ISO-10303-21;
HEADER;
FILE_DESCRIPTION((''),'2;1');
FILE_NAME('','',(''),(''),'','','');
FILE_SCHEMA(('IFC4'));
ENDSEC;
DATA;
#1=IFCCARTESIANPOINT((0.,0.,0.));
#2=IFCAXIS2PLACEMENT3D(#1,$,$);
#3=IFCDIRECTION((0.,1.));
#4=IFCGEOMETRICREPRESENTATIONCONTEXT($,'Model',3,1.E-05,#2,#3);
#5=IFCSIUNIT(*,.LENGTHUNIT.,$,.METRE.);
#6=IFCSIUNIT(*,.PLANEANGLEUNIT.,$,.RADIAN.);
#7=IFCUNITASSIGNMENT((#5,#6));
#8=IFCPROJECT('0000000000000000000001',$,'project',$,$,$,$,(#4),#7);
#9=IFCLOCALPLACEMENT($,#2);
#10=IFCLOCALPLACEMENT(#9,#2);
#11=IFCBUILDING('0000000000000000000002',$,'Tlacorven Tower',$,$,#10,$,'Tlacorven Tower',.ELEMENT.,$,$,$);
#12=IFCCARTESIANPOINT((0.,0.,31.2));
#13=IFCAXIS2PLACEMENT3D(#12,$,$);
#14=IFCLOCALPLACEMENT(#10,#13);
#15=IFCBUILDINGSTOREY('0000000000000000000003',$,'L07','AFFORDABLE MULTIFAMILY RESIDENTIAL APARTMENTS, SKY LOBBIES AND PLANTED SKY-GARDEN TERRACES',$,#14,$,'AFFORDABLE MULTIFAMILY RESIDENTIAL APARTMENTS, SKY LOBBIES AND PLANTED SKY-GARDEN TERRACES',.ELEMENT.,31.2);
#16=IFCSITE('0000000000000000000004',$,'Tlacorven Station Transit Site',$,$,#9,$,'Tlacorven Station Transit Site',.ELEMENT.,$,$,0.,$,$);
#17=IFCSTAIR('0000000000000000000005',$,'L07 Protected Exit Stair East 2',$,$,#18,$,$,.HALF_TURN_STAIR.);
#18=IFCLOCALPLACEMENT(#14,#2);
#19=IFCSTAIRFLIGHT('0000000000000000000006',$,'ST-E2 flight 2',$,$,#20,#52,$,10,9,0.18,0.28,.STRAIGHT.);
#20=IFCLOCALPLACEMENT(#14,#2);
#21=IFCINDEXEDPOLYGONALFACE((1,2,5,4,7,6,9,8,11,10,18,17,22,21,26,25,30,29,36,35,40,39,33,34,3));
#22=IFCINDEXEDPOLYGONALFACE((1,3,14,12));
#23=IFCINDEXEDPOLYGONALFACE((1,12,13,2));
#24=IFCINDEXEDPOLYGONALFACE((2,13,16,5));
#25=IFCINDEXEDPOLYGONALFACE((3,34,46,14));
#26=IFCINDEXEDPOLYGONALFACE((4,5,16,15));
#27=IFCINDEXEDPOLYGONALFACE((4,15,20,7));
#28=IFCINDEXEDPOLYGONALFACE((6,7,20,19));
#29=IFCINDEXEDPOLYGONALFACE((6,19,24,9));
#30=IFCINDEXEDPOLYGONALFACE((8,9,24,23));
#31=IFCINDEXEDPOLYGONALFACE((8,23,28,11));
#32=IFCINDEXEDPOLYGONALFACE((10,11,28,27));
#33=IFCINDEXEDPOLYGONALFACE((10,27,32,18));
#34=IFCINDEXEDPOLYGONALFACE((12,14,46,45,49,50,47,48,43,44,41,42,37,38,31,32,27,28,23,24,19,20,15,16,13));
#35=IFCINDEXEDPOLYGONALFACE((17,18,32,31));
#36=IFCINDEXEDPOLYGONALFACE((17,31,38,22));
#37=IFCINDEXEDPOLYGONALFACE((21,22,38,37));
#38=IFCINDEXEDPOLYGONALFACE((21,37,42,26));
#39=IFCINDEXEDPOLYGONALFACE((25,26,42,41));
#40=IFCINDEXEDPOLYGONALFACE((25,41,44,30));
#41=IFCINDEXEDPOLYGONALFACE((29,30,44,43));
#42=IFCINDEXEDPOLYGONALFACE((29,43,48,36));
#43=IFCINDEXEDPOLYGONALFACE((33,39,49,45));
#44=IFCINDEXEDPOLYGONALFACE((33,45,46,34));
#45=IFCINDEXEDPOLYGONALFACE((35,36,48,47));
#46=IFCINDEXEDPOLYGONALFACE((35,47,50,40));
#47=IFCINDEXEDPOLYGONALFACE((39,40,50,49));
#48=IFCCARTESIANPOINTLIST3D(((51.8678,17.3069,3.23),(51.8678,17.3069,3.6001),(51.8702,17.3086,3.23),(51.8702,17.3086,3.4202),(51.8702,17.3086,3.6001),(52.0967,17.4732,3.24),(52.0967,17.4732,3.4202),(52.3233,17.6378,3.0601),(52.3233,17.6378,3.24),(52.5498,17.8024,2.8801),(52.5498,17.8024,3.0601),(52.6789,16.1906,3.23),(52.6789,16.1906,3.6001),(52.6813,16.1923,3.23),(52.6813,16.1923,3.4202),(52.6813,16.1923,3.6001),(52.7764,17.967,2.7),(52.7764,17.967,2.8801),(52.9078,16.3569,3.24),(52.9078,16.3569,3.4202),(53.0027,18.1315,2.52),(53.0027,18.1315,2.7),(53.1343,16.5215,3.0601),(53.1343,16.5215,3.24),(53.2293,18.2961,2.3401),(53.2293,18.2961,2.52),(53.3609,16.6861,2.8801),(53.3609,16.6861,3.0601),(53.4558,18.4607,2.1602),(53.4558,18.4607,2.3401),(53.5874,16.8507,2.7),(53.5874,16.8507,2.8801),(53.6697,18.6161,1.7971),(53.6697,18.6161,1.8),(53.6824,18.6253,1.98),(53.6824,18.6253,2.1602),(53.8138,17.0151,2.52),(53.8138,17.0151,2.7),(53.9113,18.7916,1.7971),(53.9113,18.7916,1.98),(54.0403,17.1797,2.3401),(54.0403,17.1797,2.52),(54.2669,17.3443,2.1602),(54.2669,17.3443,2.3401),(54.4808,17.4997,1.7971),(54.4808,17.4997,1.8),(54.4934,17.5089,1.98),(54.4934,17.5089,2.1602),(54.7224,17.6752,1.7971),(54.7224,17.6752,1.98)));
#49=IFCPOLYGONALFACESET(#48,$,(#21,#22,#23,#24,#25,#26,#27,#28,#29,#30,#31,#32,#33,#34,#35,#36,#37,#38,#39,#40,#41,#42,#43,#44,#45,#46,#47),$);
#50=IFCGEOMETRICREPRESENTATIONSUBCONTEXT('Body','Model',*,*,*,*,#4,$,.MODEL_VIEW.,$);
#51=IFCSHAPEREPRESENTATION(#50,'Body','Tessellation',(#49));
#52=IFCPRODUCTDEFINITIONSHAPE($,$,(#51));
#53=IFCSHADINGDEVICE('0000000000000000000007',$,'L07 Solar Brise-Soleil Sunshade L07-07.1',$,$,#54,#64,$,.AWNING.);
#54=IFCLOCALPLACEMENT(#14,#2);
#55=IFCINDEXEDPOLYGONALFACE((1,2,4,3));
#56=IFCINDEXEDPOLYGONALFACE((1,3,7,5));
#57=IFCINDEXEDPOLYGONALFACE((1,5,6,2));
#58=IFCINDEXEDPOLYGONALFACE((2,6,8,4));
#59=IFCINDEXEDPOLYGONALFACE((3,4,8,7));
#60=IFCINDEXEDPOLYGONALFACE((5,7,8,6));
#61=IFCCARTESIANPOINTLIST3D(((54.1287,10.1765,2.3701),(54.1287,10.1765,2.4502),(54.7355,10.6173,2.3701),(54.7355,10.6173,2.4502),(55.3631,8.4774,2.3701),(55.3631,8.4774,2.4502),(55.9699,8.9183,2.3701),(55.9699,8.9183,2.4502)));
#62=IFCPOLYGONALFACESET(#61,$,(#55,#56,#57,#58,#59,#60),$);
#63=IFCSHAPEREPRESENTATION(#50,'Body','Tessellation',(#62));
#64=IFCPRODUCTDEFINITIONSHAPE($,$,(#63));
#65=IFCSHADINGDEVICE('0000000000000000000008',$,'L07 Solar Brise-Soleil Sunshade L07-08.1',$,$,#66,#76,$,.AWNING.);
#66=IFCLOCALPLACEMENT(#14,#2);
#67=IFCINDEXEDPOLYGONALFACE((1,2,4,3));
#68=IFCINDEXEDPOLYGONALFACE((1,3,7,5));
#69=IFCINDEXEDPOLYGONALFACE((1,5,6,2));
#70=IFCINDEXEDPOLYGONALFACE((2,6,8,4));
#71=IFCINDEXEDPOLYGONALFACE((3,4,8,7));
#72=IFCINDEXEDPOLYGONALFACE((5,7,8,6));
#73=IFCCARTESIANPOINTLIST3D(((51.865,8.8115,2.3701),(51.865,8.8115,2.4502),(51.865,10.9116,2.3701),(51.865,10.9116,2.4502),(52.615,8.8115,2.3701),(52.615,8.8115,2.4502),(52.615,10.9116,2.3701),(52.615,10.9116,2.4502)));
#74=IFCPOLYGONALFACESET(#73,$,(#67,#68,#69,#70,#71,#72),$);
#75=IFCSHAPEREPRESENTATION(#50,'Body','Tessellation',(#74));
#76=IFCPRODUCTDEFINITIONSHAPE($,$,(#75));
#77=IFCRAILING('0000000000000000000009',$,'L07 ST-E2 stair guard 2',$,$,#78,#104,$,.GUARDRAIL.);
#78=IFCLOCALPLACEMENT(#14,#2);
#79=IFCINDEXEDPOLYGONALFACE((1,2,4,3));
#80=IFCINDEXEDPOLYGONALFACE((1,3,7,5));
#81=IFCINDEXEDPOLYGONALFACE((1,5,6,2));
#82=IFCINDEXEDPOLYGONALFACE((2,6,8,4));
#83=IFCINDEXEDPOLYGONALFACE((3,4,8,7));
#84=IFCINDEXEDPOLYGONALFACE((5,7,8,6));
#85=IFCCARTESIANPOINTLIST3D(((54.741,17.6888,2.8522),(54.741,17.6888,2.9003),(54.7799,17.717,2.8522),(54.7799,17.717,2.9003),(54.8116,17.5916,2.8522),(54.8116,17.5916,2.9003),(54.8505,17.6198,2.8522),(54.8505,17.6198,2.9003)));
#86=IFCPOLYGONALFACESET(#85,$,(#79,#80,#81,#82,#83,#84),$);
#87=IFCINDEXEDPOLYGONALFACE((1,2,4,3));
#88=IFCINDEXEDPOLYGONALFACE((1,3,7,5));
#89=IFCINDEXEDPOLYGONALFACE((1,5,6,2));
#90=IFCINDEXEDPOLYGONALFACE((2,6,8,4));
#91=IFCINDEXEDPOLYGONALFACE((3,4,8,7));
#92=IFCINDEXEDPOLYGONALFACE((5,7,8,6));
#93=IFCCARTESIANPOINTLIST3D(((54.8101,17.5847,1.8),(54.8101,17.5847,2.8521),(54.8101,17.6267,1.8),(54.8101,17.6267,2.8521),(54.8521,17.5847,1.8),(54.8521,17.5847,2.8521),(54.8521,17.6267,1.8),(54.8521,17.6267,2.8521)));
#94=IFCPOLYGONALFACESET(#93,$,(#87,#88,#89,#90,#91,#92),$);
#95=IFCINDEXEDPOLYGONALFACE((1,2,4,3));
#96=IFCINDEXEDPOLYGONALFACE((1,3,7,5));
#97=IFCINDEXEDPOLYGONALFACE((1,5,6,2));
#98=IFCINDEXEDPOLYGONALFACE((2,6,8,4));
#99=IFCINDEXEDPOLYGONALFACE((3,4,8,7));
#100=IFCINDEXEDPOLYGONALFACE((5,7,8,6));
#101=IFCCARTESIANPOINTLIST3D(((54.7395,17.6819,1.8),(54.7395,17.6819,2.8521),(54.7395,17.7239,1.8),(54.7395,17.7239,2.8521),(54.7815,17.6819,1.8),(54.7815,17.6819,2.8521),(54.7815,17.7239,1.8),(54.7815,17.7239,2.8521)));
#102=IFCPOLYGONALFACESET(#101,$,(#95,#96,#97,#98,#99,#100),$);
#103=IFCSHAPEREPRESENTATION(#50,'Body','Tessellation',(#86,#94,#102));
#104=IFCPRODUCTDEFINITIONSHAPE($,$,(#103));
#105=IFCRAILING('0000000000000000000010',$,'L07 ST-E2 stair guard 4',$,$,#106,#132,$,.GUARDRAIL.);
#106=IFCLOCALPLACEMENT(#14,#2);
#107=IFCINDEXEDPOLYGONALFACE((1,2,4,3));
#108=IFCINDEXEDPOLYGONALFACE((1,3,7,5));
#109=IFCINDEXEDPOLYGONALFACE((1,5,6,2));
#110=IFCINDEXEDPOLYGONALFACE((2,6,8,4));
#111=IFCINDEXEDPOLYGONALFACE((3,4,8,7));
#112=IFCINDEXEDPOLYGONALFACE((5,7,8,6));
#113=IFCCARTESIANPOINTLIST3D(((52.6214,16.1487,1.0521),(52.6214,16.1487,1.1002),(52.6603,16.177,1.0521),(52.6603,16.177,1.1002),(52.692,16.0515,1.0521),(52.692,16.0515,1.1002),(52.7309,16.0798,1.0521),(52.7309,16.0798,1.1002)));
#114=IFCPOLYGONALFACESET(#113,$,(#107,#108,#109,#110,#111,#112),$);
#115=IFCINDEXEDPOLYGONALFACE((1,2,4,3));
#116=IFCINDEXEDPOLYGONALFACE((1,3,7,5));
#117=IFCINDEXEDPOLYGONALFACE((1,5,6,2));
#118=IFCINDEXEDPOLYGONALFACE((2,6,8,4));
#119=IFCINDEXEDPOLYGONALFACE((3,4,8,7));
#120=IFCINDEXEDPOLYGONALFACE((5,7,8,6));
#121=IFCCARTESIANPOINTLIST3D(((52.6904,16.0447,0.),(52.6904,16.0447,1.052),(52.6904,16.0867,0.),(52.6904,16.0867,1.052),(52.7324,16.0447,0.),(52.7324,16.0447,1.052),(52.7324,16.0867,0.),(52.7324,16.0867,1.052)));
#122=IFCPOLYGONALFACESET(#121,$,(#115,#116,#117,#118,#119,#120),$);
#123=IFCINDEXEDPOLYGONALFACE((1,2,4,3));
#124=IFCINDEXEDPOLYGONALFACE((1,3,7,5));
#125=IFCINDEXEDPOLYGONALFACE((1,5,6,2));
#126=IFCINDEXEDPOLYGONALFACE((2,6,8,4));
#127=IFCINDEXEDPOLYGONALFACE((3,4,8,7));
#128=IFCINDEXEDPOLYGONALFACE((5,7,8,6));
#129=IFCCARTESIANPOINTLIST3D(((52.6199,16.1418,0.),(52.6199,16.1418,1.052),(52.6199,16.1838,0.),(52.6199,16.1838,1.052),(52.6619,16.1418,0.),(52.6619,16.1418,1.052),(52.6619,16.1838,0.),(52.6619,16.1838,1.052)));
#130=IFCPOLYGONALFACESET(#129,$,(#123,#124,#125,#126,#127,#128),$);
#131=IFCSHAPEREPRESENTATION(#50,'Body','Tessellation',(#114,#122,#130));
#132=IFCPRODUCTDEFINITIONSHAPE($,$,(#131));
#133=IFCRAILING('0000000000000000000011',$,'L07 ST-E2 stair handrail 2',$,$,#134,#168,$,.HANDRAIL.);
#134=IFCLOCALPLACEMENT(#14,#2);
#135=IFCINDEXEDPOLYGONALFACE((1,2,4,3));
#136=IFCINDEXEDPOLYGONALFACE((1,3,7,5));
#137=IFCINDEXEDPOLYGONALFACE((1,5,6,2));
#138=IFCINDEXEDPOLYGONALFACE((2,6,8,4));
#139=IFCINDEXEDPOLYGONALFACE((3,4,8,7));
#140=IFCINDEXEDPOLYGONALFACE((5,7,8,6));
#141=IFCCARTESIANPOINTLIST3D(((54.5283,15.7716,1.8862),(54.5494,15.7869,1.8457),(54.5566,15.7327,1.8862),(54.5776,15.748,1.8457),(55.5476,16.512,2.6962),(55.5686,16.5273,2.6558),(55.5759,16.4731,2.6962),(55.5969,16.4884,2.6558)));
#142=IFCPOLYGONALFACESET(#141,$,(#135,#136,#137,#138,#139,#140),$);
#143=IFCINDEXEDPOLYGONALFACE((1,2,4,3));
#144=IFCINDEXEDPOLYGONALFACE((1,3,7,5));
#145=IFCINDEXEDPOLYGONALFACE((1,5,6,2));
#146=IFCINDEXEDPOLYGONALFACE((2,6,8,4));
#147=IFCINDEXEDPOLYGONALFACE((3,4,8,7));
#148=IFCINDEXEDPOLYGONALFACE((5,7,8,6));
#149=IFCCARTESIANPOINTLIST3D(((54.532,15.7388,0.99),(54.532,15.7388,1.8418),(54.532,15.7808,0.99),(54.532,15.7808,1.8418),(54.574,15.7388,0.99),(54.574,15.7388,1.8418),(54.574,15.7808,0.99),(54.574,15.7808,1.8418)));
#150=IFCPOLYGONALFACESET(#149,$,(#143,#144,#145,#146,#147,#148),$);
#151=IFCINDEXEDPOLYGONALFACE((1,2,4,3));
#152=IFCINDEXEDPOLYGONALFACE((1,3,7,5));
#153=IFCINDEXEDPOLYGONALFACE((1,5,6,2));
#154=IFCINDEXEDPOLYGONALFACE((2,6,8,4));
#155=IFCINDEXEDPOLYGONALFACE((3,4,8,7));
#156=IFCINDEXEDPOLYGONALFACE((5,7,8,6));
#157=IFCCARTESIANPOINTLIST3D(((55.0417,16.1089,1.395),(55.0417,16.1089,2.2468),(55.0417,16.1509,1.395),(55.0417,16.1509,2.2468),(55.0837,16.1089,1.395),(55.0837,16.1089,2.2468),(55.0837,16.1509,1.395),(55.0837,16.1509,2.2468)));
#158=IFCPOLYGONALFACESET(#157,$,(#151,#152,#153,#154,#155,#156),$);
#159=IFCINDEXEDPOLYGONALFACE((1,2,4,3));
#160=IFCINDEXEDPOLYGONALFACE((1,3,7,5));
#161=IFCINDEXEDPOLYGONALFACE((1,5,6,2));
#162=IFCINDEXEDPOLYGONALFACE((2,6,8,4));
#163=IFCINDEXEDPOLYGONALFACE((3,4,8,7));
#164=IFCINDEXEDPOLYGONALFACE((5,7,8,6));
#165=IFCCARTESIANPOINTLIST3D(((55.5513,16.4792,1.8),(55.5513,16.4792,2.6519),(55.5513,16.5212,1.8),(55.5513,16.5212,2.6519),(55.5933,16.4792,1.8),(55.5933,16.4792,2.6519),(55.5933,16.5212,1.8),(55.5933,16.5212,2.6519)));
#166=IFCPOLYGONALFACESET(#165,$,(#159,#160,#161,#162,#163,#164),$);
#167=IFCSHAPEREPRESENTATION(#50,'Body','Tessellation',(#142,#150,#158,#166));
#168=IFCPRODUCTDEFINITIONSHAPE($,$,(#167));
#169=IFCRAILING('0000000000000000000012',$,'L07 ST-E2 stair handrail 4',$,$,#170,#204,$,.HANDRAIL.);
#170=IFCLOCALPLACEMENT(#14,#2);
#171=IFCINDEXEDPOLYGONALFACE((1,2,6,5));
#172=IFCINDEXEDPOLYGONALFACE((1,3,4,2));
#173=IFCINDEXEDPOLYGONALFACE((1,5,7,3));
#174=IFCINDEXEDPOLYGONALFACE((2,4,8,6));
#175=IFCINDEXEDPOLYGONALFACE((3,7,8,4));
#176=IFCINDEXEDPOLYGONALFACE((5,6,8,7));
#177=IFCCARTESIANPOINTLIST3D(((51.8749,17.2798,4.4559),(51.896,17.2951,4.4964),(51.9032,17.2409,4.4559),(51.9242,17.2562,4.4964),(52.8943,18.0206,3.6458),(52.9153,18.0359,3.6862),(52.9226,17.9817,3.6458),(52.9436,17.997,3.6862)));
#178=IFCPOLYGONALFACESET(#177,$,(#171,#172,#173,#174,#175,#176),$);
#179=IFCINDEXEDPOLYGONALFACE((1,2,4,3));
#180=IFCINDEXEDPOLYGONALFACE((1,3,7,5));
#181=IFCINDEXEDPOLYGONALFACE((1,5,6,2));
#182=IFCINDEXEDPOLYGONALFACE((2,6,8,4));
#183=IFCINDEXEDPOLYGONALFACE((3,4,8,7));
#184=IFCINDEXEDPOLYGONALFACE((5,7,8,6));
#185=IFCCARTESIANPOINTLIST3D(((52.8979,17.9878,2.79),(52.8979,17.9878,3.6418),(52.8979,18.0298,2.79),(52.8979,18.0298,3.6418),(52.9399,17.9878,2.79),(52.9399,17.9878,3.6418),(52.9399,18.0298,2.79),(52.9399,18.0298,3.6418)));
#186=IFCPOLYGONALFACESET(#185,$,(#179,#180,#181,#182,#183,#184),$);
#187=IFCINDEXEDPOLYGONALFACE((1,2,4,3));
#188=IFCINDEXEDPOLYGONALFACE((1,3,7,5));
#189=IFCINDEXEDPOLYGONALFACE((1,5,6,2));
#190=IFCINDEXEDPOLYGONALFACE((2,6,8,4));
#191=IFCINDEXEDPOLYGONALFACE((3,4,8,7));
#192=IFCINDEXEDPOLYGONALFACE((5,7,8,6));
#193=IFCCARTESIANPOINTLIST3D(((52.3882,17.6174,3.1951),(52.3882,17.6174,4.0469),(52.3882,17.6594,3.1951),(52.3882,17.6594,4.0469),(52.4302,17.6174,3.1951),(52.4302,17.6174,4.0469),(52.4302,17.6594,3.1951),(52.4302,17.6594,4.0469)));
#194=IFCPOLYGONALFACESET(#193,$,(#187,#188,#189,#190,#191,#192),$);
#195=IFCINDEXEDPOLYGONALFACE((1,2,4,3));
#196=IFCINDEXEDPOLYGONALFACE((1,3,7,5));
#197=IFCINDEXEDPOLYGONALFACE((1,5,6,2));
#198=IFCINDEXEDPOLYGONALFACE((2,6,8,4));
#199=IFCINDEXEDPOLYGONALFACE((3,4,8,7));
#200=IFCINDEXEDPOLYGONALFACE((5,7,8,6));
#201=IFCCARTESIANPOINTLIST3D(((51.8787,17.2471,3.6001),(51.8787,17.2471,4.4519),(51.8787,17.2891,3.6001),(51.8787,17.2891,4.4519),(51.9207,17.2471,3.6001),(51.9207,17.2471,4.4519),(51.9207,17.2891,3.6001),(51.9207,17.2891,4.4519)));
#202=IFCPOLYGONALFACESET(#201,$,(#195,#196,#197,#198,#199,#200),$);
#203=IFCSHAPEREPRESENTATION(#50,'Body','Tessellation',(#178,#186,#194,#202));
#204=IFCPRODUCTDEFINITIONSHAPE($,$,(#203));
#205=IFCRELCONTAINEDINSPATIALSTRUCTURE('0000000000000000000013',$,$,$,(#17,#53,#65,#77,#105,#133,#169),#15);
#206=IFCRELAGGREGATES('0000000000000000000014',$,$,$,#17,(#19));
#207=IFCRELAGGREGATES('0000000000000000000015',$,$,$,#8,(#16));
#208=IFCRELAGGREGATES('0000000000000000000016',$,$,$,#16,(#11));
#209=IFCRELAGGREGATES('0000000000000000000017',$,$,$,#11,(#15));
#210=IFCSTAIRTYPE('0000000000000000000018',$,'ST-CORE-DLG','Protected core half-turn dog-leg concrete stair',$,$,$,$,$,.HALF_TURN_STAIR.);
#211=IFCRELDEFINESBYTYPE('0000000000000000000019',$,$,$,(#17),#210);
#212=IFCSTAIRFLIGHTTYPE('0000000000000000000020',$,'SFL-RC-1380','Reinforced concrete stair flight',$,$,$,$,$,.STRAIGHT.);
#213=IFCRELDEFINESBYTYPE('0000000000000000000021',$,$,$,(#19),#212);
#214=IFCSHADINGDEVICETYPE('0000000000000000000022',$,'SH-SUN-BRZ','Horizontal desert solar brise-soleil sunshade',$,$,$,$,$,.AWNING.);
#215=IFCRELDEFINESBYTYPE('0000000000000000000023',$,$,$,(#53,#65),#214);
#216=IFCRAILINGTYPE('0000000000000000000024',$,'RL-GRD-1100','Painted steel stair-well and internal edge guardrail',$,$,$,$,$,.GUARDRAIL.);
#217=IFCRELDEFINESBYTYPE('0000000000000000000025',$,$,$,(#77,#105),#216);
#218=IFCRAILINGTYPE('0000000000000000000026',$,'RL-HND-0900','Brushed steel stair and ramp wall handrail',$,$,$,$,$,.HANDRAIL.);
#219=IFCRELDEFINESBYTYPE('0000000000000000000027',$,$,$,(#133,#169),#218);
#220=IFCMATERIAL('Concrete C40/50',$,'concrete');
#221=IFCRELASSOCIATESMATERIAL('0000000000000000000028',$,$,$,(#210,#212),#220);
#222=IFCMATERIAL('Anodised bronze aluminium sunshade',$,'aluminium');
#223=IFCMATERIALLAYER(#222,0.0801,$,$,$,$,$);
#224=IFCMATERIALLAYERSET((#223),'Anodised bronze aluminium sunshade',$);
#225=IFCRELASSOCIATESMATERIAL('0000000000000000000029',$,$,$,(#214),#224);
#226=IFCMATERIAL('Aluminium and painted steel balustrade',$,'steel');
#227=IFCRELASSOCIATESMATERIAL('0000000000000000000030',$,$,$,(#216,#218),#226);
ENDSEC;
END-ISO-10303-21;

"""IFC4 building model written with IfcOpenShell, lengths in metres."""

from ifc_helpers import new_model, si_unit, direction, frame, origin, origin_2d, place, context, subcontext, project, spatial, polyline, rectangle, outline, extrude, source, transform, mapped, material, layer, layer_set, type_object, element, aggregate, save


model = new_model("IFC4")

# Units and contexts
model_context = context("Model", 3, precision=1e-05, world=origin(), true_north=direction((0.0, 1.0)))
body_context = subcontext(model_context, "Body", "Model", "MODEL_VIEW")
ifc_project = project(units=[si_unit("LENGTHUNIT", "METRE"), si_unit("PLANEANGLEUNIT", "RADIAN")], contexts=[model_context])

# Site, building, storey
site_placement = place(None, origin())
site = spatial("IfcSite", under=ifc_project, at=site_placement, Name="Tlacorven Station Transit Site", LongName="Tlacorven Station Transit Site", CompositionType="ELEMENT", RefElevation=0.0)
building_placement = place(site_placement, origin())
building = spatial("IfcBuilding", under=site, at=building_placement, Name="Tlacorven Tower", LongName="Tlacorven Tower", CompositionType="ELEMENT")
storey_placement = place(building_placement, frame((0.0, 0.0, 31.2)))
storey = spatial("IfcBuildingStorey", under=building, at=storey_placement, Name="L07", Description="AFFORDABLE MULTIFAMILY RESIDENTIAL APARTMENTS, SKY LOBBIES AND PLANTED SKY-GARDEN TERRACES", LongName="AFFORDABLE MULTIFAMILY RESIDENTIAL APARTMENTS, SKY LOBBIES AND PLANTED SKY-GARDEN TERRACES", CompositionType="ELEMENT", Elevation=31.2)

# Stair, stair flight
ifc_material_1 = material(Name="Concrete C40/50", Category="concrete")
stair_type = type_object("IfcStairType", Name="ST-CORE-DLG", Description="Protected core half-turn dog-leg concrete stair", PredefinedType="HALF_TURN_STAIR", material=ifc_material_1)
stair_placement = place(storey_placement, origin())
stair = element("IfcStair", 1, at=stair_placement, inside=storey, type_object=stair_type, Name="L07 Protected Exit Stair East 2", PredefinedType="HALF_TURN_STAIR")
stair_flight_type = type_object("IfcStairFlightType", Name="SFL-RC-1380", Description="Reinforced concrete stair flight", PredefinedType="STRAIGHT", material=ifc_material_1)
shared_shape_1 = source(origin(), body_context, "Body", "SweptSolid", [
    extrude(outline(polyline([(-0.0029, -0.0029), (-0.0029, 0.1799), (0.28, 0.1799), (0.28, 0.3601), (0.5601, 0.3601), (0.5601, 0.54), (0.8401, 0.54), (0.8401, 0.72), (1.1201, 0.72), (1.1201, 0.8999), (1.3999, 0.8999), (1.3999, 1.0801), (1.6799, 1.0801), (1.6799, 1.26), (1.96, 1.26), (1.96, 1.4399), (2.24, 1.4399), (2.24, 1.6201), (2.52, 1.6201), (2.52, 1.8), (2.5229, 1.8), (2.5229, 1.4299), (2.52, 1.4299), (0.2957, 0.0), (0.2957, -0.0029), (-0.0029, -0.0029)])), frame((0.0, 0.6899, 0.0), z_axis=(0.0, -1.0, 0.0), x_axis=(1.0, 0.0, 0.0)), (0.0, 0.0, 1.0), 1.3799),
])
stair_flight_1_placement = place(storey_placement, frame((54.3145, 18.2317, 1.8), z_axis=(0.0, 0.0, 1.0), x_axis=(-0.809017, -0.587785, 0.0)))
stair_flight_1 = element("IfcStairFlight", 2, at=stair_flight_1_placement, type_object=stair_flight_type, Name="ST-E2 flight 2", NumberOfRisers=10, NumberOfTreads=9, PredefinedType="STRAIGHT", RiserHeight=0.18, TreadLength=0.28, context=body_context, shape_type="MappedRepresentation", body=[
    mapped(shared_shape_1, transform((0.0, 0.0, 0.0), scale=1.0)),
])
aggregate(stair, [stair_flight_1])

# Shading devices
ifc_material_2 = material(Name="Anodised bronze aluminium sunshade", Category="aluminium")
ifc_layer_1 = layer(ifc_material_2, 0.0801)
ifc_layer_set_1 = layer_set([ifc_layer_1], Name="Anodised bronze aluminium sunshade")
shading_device_type = type_object("IfcShadingDeviceType", Name="SH-SUN-BRZ", Description="Horizontal desert solar brise-soleil sunshade", PredefinedType="AWNING", material=ifc_layer_set_1)
shared_shape_2 = source(origin(), body_context, "Body", "SweptSolid", [
    extrude(rectangle(XDim=2.1001, YDim=0.75, at=origin_2d()), origin(), (0.0, 0.0, 1.0), 0.0801),
])
for number, where, z_axis, x_axis, name in (
    (3, (55.0493, 9.5474, 2.3701), (0.0, 0.0, 1.0), (-0.587786, 0.809017, 0.0), "L07 Solar Brise-Soleil Sunshade L07-07.1"),
    (4, (52.24, 9.8616, 2.3701), (0.0, 0.0, 1.0), (0.0, -1.0, 0.0), "L07 Solar Brise-Soleil Sunshade L07-08.1"),
):
    element("IfcShadingDevice", number, at=place(storey_placement, frame(where, z_axis=z_axis, x_axis=x_axis)), inside=storey, type_object=shading_device_type, Name=name, PredefinedType="AWNING", context=body_context, shape_type="MappedRepresentation", body=[
        mapped(shared_shape_2, transform((0.0, 0.0, 0.0), scale=1.0)),
    ])

# Railings
ifc_material_3 = material(Name="Aluminium and painted steel balustrade", Category="steel")
railing_type_1 = type_object("IfcRailingType", Name="RL-GRD-1100", Description="Painted steel stair-well and internal edge guardrail", PredefinedType="GUARDRAIL", material=ifc_material_3)
shared_shape_3 = source(origin(), body_context, "Body", "SweptSolid", [
    extrude(rectangle(XDim=0.0481, YDim=0.0481, at=origin_2d()), frame((0.0, 0.0, 1.0762), z_axis=(-0.587567, 0.809175, 0.0), x_axis=(-0.809175, -0.587567, 0.0)), (0.0, 0.0, 1.0), 0.1201),
    extrude(rectangle(XDim=0.042, YDim=0.042, at=origin_2d()), origin(), (0.0, 0.0, 1.0), 1.052),
    extrude(rectangle(XDim=0.042, YDim=0.042, at=origin_2d()), frame((-0.0706, 0.0972, 0.0)), (0.0, 0.0, 1.0), 1.052),
])
for number, where, name in (
    (5, (54.8311, 17.6057, 1.8), "L07 ST-E2 stair guard 2"),
    (6, (52.7114, 16.0657, 0.0), "L07 ST-E2 stair guard 4"),
):
    element("IfcRailing", number, at=place(storey_placement, frame(where)), inside=storey, type_object=railing_type_1, Name=name, PredefinedType="GUARDRAIL", context=body_context, shape_type="MappedRepresentation", body=[
        mapped(shared_shape_3, transform((0.0, 0.0, 0.0), scale=1.0)),
    ])
railing_type_2 = type_object("IfcRailingType", Name="RL-HND-0900", Description="Brushed steel stair and ramp wall handrail", PredefinedType="HANDRAIL", material=ifc_material_3)
shared_shape_4 = source(origin(), body_context, "Body", "SweptSolid", [
    extrude(rectangle(XDim=0.0481, YDim=0.0481, at=origin_2d()), frame((0.0, 0.0, 0.876), z_axis=(0.680516, 0.494373, 0.540827), x_axis=(-0.587745, 0.809046, 0.0)), (0.0, 0.0, 1.0), 1.4978),
    extrude(rectangle(XDim=0.042, YDim=0.042, at=origin_2d()), origin(), (0.0, 0.0, 1.0), 0.8518),
    extrude(rectangle(XDim=0.042, YDim=0.042, at=origin_2d()), frame((0.5098, 0.3701, 0.405)), (0.0, 0.0, 1.0), 0.8518),
    extrude(rectangle(XDim=0.042, YDim=0.042, at=origin_2d()), frame((1.0193, 0.7405, 0.8101)), (0.0, 0.0, 1.0), 0.8518),
])
railing_1_placement = place(storey_placement, frame((54.553, 15.7598, 0.99)))
element("IfcRailing", 7, at=railing_1_placement, inside=storey, type_object=railing_type_2, Name="L07 ST-E2 stair handrail 2", PredefinedType="HANDRAIL", context=body_context, shape_type="MappedRepresentation", body=[
    mapped(shared_shape_4, transform((0.0, 0.0, 0.0), scale=1.0)),
])
shared_shape_5 = source(origin(), body_context, "Body", "SweptSolid", [
    extrude(rectangle(XDim=0.0481, YDim=0.0481, at=origin_2d()), frame((0.0, 0.0, 0.876), z_axis=(-0.680461, -0.494496, 0.540783), x_axis=(0.587872, -0.808954, 0.0)), (0.0, 0.0, 1.0), 1.498),
    extrude(rectangle(XDim=0.042, YDim=0.042, at=origin_2d()), origin(), (0.0, 0.0, 1.0), 0.8518),
    extrude(rectangle(XDim=0.042, YDim=0.042, at=origin_2d()), frame((-0.5098, -0.3704, 0.405)), (0.0, 0.0, 1.0), 0.8518),
    extrude(rectangle(XDim=0.042, YDim=0.042, at=origin_2d()), frame((-1.0193, -0.7407, 0.8101)), (0.0, 0.0, 1.0), 0.8518),
])
railing_2_placement = place(storey_placement, frame((52.9189, 18.0088, 2.79)))
element("IfcRailing", 8, at=railing_2_placement, inside=storey, type_object=railing_type_2, Name="L07 ST-E2 stair handrail 4", PredefinedType="HANDRAIL", context=body_context, shape_type="MappedRepresentation", body=[
    mapped(shared_shape_5, transform((0.0, 0.0, 0.0), scale=1.0)),
])

save(model, "model.ifc")
